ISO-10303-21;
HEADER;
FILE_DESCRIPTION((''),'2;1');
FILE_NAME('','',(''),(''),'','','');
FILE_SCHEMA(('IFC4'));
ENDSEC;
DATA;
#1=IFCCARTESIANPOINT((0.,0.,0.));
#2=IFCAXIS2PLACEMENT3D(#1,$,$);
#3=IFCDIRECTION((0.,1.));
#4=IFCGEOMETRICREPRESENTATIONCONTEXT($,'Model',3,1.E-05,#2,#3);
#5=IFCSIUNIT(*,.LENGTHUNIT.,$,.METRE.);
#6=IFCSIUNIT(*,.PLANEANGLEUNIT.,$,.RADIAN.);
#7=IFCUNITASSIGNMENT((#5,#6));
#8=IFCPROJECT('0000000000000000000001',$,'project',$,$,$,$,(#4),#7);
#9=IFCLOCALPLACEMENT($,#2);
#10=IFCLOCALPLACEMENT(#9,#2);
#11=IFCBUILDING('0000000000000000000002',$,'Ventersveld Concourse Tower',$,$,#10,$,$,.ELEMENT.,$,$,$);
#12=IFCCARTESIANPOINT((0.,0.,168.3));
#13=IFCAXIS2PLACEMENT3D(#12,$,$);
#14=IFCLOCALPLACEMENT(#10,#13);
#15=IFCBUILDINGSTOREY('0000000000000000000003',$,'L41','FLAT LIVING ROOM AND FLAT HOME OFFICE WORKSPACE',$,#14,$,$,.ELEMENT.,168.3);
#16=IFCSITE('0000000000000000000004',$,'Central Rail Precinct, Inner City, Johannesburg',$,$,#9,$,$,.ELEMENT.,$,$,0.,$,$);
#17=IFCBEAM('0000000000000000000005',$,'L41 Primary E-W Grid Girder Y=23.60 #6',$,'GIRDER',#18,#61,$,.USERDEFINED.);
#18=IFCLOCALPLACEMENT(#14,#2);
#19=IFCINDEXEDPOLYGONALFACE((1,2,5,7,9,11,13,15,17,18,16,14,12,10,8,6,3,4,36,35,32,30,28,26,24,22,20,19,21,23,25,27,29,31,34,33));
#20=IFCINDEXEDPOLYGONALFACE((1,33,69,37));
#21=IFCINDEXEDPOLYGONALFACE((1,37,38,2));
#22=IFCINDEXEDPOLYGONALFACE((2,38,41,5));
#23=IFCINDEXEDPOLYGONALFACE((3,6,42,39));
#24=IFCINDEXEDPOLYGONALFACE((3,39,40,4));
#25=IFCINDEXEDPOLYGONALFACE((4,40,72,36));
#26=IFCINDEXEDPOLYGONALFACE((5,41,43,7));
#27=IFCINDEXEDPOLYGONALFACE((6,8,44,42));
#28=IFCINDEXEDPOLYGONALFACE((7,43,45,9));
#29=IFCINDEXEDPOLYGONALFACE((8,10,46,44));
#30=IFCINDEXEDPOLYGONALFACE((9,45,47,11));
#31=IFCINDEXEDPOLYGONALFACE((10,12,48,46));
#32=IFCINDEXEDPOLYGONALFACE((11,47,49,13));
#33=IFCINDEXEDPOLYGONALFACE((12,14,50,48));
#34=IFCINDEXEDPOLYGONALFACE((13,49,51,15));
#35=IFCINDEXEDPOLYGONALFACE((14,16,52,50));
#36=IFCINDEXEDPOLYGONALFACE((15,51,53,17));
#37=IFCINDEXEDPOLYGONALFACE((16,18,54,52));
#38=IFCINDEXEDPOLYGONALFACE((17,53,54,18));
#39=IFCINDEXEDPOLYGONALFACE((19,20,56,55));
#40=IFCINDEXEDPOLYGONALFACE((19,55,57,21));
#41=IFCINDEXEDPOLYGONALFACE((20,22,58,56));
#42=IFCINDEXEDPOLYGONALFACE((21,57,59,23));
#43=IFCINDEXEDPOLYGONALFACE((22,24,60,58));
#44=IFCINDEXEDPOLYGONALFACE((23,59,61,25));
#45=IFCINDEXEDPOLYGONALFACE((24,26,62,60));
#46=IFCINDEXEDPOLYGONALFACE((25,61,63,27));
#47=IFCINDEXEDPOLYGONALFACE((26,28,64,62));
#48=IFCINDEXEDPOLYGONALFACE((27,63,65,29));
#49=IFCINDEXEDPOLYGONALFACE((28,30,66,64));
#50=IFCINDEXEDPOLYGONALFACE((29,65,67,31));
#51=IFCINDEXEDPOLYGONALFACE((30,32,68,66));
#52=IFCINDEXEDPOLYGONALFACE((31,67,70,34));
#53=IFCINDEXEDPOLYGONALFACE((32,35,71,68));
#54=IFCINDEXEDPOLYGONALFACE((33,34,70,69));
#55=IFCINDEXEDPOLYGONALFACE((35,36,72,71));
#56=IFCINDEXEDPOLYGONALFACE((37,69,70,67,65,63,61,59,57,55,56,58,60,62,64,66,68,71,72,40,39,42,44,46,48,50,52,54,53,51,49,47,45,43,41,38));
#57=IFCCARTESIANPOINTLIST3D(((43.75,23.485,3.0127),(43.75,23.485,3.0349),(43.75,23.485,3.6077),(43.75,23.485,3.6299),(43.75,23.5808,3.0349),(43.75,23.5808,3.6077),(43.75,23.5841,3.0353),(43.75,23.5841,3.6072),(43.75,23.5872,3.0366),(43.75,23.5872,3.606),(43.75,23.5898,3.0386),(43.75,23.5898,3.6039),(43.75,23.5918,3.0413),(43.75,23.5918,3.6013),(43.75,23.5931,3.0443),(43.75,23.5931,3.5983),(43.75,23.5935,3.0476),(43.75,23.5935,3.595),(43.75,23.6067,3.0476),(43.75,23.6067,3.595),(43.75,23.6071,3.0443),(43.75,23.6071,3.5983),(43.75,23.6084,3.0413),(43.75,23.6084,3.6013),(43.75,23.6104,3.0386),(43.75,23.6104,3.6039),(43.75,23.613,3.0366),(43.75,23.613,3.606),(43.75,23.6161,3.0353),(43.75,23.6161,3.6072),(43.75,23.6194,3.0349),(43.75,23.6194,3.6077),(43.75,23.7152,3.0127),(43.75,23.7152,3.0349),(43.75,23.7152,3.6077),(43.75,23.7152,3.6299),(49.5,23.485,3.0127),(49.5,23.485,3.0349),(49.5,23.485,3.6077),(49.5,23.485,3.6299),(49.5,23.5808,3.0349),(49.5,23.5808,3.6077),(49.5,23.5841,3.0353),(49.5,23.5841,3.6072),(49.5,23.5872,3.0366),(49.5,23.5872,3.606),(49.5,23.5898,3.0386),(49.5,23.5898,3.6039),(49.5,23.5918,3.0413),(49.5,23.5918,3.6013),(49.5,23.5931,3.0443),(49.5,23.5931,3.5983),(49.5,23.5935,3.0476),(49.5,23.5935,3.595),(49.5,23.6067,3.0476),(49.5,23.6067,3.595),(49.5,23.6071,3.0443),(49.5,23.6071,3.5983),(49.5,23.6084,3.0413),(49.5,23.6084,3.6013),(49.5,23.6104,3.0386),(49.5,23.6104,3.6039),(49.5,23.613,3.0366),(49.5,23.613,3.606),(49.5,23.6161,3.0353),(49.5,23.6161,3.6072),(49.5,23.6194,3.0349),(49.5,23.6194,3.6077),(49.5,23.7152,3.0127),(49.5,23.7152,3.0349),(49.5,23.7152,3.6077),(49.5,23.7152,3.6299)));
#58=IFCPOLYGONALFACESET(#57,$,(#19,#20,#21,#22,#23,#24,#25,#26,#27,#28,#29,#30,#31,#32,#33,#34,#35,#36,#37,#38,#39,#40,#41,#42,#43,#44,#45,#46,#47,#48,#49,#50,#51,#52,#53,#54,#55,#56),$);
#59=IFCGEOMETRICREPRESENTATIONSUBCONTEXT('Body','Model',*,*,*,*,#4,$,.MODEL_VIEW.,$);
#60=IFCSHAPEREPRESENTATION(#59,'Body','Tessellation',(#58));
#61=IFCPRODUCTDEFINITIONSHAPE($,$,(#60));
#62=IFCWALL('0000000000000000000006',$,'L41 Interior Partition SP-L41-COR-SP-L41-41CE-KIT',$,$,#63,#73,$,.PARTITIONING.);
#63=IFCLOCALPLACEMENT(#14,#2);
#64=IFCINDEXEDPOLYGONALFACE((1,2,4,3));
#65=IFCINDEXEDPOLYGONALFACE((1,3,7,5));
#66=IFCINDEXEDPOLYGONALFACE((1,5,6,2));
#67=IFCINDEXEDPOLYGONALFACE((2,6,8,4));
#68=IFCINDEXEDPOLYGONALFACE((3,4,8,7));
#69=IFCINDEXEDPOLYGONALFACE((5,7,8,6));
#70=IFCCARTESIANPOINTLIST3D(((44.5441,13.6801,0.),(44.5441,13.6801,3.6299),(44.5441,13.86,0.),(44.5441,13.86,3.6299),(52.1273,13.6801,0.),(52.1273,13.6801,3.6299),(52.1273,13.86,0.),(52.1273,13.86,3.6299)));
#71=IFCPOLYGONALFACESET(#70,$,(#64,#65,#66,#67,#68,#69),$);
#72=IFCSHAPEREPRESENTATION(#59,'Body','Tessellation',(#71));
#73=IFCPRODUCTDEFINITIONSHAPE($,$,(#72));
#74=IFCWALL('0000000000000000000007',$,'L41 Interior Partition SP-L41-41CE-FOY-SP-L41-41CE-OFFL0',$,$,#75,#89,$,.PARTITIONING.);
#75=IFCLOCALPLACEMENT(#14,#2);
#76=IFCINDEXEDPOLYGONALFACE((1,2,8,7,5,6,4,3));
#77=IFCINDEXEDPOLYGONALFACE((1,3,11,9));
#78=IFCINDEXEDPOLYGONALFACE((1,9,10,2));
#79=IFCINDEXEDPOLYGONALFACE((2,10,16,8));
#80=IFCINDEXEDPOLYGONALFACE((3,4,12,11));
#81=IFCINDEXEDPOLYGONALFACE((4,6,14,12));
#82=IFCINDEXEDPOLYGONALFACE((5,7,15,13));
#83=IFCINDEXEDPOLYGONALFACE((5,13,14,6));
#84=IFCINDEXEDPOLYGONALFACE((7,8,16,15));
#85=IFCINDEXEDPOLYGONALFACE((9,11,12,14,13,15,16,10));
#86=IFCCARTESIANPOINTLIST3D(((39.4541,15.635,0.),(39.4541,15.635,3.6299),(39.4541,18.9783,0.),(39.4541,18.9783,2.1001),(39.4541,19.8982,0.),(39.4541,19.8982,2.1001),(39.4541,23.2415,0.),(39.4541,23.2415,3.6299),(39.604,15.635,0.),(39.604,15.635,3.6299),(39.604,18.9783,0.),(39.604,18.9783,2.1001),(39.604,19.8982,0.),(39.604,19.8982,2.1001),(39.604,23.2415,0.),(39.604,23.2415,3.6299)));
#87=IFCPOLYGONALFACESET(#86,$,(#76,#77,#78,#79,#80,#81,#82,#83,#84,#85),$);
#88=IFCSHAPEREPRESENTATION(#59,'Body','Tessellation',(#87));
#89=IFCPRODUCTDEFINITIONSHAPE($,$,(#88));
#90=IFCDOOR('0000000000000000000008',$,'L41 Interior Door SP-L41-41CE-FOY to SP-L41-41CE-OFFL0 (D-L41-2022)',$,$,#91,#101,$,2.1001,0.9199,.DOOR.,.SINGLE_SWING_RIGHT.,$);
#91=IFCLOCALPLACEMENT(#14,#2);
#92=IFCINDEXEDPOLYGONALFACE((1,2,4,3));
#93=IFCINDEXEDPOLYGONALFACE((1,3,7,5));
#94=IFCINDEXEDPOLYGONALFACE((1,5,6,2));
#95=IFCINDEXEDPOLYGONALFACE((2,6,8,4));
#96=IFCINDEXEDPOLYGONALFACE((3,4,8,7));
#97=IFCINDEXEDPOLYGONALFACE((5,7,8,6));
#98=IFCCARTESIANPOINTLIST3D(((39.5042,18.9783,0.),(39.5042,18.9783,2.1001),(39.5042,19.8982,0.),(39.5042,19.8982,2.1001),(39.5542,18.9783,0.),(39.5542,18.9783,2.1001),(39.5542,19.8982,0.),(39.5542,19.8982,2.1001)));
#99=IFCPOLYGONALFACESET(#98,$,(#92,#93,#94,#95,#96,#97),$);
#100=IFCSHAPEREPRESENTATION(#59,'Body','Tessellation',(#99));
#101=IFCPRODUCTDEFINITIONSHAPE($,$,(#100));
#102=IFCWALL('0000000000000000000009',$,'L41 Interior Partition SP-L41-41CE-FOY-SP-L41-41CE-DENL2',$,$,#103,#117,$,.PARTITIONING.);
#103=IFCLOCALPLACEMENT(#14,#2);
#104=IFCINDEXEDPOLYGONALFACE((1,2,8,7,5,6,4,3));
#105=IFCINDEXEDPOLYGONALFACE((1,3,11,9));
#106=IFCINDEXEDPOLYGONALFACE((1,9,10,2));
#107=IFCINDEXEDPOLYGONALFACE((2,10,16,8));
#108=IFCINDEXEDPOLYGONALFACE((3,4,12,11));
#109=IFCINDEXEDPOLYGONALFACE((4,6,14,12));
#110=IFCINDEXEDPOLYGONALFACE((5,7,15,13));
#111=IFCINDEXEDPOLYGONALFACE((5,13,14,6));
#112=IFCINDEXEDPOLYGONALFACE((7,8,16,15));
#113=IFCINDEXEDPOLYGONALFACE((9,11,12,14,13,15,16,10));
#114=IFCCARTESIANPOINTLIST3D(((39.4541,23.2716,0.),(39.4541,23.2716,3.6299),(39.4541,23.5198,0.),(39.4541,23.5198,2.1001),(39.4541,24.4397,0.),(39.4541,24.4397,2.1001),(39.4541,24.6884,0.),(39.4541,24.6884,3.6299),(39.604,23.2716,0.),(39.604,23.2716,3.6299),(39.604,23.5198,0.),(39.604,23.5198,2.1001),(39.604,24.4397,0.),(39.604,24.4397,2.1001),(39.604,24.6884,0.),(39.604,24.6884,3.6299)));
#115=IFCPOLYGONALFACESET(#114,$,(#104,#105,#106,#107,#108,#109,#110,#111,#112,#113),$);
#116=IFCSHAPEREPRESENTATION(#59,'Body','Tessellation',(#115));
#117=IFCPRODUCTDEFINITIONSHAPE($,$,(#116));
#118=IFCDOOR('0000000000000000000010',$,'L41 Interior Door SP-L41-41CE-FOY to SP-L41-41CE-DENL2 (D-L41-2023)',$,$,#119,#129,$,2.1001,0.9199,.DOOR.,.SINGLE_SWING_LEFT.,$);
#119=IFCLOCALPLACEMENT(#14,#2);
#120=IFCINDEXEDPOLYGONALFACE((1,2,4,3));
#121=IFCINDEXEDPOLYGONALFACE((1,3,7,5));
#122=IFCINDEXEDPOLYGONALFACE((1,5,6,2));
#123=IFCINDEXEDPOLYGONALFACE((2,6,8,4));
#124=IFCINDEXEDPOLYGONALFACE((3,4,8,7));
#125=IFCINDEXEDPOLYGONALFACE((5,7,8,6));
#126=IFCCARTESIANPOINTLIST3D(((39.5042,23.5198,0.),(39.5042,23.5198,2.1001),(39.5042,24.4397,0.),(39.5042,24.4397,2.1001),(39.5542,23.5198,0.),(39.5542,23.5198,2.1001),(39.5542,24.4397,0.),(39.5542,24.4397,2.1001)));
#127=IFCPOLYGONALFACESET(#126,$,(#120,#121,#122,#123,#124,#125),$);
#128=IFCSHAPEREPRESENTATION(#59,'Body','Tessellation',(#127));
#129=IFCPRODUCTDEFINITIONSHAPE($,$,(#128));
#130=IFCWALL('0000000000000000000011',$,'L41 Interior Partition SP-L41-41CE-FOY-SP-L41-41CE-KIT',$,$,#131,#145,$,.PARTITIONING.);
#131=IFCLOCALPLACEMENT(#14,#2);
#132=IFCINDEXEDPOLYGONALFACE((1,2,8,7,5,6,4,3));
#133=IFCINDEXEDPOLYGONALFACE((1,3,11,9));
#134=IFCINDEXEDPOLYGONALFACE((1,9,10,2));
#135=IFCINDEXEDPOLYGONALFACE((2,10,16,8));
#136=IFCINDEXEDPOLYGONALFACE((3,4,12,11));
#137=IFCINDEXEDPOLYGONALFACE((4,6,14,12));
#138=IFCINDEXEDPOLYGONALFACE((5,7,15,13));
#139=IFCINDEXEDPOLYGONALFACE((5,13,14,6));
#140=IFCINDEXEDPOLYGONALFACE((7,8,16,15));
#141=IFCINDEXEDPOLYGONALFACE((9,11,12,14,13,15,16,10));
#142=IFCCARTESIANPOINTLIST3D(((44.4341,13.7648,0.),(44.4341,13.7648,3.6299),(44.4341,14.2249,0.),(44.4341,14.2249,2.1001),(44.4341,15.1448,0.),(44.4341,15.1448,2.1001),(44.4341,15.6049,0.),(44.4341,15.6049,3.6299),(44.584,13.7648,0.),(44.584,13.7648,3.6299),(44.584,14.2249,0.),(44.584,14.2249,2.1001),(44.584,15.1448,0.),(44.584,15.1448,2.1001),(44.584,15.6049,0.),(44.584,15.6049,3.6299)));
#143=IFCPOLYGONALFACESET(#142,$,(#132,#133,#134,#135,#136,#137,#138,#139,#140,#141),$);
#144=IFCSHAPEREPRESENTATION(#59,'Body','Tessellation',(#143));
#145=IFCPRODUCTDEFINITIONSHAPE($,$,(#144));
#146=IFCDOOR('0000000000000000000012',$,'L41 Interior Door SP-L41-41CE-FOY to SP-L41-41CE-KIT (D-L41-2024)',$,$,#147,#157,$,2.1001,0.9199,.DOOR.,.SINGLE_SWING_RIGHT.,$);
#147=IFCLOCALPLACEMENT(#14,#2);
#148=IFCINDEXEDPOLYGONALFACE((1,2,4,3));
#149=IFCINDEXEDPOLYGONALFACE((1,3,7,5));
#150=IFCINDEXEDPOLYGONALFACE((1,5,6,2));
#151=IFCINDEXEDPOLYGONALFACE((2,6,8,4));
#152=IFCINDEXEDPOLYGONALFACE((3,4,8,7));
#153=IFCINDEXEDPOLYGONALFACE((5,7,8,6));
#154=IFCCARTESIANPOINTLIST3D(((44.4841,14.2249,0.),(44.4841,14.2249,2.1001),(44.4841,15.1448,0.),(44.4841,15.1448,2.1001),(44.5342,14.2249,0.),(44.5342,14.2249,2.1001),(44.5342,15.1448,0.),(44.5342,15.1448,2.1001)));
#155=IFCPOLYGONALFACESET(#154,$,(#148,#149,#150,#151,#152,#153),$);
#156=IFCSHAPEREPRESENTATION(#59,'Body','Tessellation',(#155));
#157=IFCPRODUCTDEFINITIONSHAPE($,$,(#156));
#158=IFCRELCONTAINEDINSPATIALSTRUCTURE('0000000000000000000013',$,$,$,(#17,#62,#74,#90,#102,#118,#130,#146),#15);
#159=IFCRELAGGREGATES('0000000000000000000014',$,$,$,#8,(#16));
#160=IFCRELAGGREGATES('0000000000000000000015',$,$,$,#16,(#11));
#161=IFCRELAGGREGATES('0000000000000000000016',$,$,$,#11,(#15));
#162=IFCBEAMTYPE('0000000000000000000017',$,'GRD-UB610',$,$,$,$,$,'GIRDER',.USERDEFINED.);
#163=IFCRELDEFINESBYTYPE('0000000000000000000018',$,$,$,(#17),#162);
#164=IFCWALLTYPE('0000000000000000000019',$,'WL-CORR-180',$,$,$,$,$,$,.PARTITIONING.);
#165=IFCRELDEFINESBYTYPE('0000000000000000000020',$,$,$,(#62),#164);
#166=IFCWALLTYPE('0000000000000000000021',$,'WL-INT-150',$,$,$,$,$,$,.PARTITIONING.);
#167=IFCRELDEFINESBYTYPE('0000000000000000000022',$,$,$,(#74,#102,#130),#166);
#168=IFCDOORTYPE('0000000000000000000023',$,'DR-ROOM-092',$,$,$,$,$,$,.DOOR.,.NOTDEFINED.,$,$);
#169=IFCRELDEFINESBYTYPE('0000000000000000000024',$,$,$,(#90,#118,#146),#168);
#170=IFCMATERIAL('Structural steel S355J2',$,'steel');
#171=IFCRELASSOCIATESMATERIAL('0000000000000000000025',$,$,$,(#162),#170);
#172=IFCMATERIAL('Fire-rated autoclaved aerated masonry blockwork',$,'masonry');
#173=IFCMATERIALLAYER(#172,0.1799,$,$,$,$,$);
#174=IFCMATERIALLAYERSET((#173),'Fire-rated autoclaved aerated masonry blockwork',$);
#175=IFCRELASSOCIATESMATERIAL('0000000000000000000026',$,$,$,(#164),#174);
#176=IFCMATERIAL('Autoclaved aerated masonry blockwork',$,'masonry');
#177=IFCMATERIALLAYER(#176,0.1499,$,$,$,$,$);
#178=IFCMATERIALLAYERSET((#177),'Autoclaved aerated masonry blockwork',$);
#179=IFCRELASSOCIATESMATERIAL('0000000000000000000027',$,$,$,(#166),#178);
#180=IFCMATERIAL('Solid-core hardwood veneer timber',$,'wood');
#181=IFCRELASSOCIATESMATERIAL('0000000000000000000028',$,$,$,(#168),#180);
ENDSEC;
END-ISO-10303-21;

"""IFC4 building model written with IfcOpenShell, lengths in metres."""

from ifc_helpers import new_model, si_unit, direction, frame, frame_2d, origin, origin_2d, place, context, subcontext, project, spatial, rectangle, i_section, extrude, material, layer, layer_set, material_profile, profile_set, type_object, element, fill, save


model = new_model("IFC4")

# Units and contexts
model_context = context("Model", 3, precision=1e-05, world=origin(), true_north=direction((0.0, 1.0)))
body_context = subcontext(model_context, "Body", "Model", "MODEL_VIEW")
ifc_project = project(units=[si_unit("LENGTHUNIT", "METRE"), si_unit("PLANEANGLEUNIT", "RADIAN")], contexts=[model_context])

# Site, building, storey
site_placement = place(None, origin())
site = spatial("IfcSite", under=ifc_project, at=site_placement, Name="Central Rail Precinct, Inner City, Johannesburg", CompositionType="ELEMENT", RefElevation=0.0)
building_placement = place(site_placement, origin())
building = spatial("IfcBuilding", under=site, at=building_placement, Name="Ventersveld Concourse Tower", CompositionType="ELEMENT")
storey_placement = place(building_placement, frame((0.0, 0.0, 168.3)))
storey = spatial("IfcBuildingStorey", under=building, at=storey_placement, Name="L41", Description="FLAT LIVING ROOM AND FLAT HOME OFFICE WORKSPACE", CompositionType="ELEMENT", Elevation=168.3)

# Beam
ifc_material_1 = material(Name="Structural steel S355J2", Category="steel")
ifc_material_profile_1 = material_profile(ifc_material_1, i_section(OverallWidth=0.2302, OverallDepth=0.6172, WebThickness=0.0132, FlangeThickness=0.0222, FilletRadius=0.0127, at=origin_2d()), Name="UB 610x229x140")
ifc_profile_set_1 = profile_set([ifc_material_profile_1], Name="Structural steel S355J2")
beam_type_1 = type_object("IfcBeamType", Name="GRD-UB610", ElementType="GIRDER", PredefinedType="USERDEFINED", material=ifc_profile_set_1)
beam_1_placement = place(storey_placement, frame((43.75, 23.6001, 3.3213), z_axis=(1.0, 0.0, 0.0), x_axis=(0.0, 1.0, 0.0)))
element("IfcBeam", 1, at=beam_1_placement, inside=storey, type_object=beam_type_1, Name="L41 Primary E-W Grid Girder Y=23.60 #6", ObjectType="GIRDER", PredefinedType="USERDEFINED", context=body_context, shape_type="SweptSolid", body=[
    extrude(i_section(OverallWidth=0.2302, OverallDepth=0.6172, WebThickness=0.0132, FlangeThickness=0.0222, FilletRadius=0.0127, at=origin_2d()), origin(), (0.0, 0.0, 1.0), 5.75),
])

# Shared definitions
ifc_material_2 = material(Name="Fire-rated autoclaved aerated masonry blockwork", Category="masonry")
ifc_layer_1 = layer(ifc_material_2, 0.1799)
ifc_layer_set_1 = layer_set([ifc_layer_1], Name="Fire-rated autoclaved aerated masonry blockwork")
wall_type_1 = type_object("IfcWallType", Name="WL-CORR-180", PredefinedType="PARTITIONING", material=ifc_layer_set_1)
ifc_material_3 = material(Name="Solid-core hardwood veneer timber", Category="wood")

# Wall
wall_1_placement = place(storey_placement, frame((44.5442, 13.77, 0.0), z_axis=(0.0, 0.0, 1.0), x_axis=(1.0, 0.0, 0.0)))
element("IfcWall", 2, at=wall_1_placement, inside=storey, type_object=wall_type_1, Name="L41 Interior Partition SP-L41-COR-SP-L41-41CE-KIT", PredefinedType="PARTITIONING", context=body_context, shape_type="SweptSolid", body=[
    extrude(rectangle(XDim=7.5833, YDim=0.1799, at=frame_2d((3.7915, 0.0))), origin(), (0.0, 0.0, 1.0), 3.6299),
])

# Walls, openings, doors
ifc_material_4 = material(Name="Autoclaved aerated masonry blockwork", Category="masonry")
ifc_layer_2 = layer(ifc_material_4, 0.1499)
ifc_layer_set_2 = layer_set([ifc_layer_2], Name="Autoclaved aerated masonry blockwork")
wall_type_2 = type_object("IfcWallType", Name="WL-INT-150", PredefinedType="PARTITIONING", material=ifc_layer_set_2)
wall_2_placement = place(storey_placement, frame((39.5291, 15.635, 0.0), z_axis=(0.0, 0.0, 1.0), x_axis=(0.0, 1.0, 0.0)))
wall_2 = element("IfcWall", 3, at=wall_2_placement, inside=storey, type_object=wall_type_2, Name="L41 Interior Partition SP-L41-41CE-FOY-SP-L41-41CE-OFFL0", PredefinedType="PARTITIONING", context=body_context, shape_type="SweptSolid", body=[
    extrude(rectangle(XDim=7.6064, YDim=0.1499, at=frame_2d((3.8032, 0.0))), origin(), (0.0, 0.0, 1.0), 3.6299),
])
opening_1_placement = place(wall_2_placement, frame((3.3433, 0.0, 0.0)))
opening_1 = element("IfcOpeningElement", 4, at=opening_1_placement, cuts=wall_2, PredefinedType="OPENING", context=body_context, shape_type="SweptSolid", body=[
    extrude(rectangle(XDim=0.9199, YDim=2.1001, at=frame_2d((0.46, 1.05))), frame((0.0, 0.085, 0.0), z_axis=(0.0, -1.0, 0.0), x_axis=(1.0, 0.0, 0.0)), (0.0, 0.0, 1.0), 0.1699),
])
door_type_1 = type_object("IfcDoorType", Name="DR-ROOM-092", OperationType="NOTDEFINED", PredefinedType="DOOR", material=ifc_material_3)
door_1_placement = place(opening_1_placement, origin())
door_1 = element("IfcDoor", 5, at=door_1_placement, inside=storey, type_object=door_type_1, Name="L41 Interior Door SP-L41-41CE-FOY to SP-L41-41CE-OFFL0 (D-L41-2022)", OperationType="SINGLE_SWING_RIGHT", OverallHeight=2.1001, OverallWidth=0.9199, PredefinedType="DOOR", context=body_context, shape_type="SweptSolid", body=[
    extrude(rectangle(XDim=0.9199, YDim=2.1001, at=frame_2d((0.46, 1.05))), frame((0.0, 0.0249, 0.0), z_axis=(0.0, -1.0, 0.0), x_axis=(1.0, 0.0, 0.0)), (0.0, 0.0, 1.0), 0.05),
])
fill(opening_1, door_1)
wall_3_placement = place(storey_placement, frame((39.5291, 23.2715, 0.0), z_axis=(0.0, 0.0, 1.0), x_axis=(0.0, 1.0, 0.0)))
wall_3 = element("IfcWall", 6, at=wall_3_placement, inside=storey, type_object=wall_type_2, Name="L41 Interior Partition SP-L41-41CE-FOY-SP-L41-41CE-DENL2", PredefinedType="PARTITIONING", context=body_context, shape_type="SweptSolid", body=[
    extrude(rectangle(XDim=1.4167, YDim=0.1499, at=frame_2d((0.7085, 0.0))), origin(), (0.0, 0.0, 1.0), 3.6299),
])
opening_2_placement = place(wall_3_placement, frame((0.2483, 0.0, 0.0)))
opening_2 = element("IfcOpeningElement", 7, at=opening_2_placement, cuts=wall_3, PredefinedType="OPENING", context=body_context, shape_type="SweptSolid", body=[
    extrude(rectangle(XDim=0.9199, YDim=2.1001, at=frame_2d((0.46, 1.05))), frame((0.0, 0.085, 0.0), z_axis=(0.0, -1.0, 0.0), x_axis=(1.0, 0.0, 0.0)), (0.0, 0.0, 1.0), 0.1699),
])
door_2_placement = place(opening_2_placement, origin())
door_2 = element("IfcDoor", 8, at=door_2_placement, inside=storey, type_object=door_type_1, Name="L41 Interior Door SP-L41-41CE-FOY to SP-L41-41CE-DENL2 (D-L41-2023)", OperationType="SINGLE_SWING_LEFT", OverallHeight=2.1001, OverallWidth=0.9199, PredefinedType="DOOR", context=body_context, shape_type="SweptSolid", body=[
    extrude(rectangle(XDim=0.9199, YDim=2.1001, at=frame_2d((0.46, 1.05))), frame((0.0, 0.0249, 0.0), z_axis=(0.0, -1.0, 0.0), x_axis=(1.0, 0.0, 0.0)), (0.0, 0.0, 1.0), 0.05),
])
fill(opening_2, door_2)
wall_4_placement = place(storey_placement, frame((44.509, 13.7649, 0.0), z_axis=(0.0, 0.0, 1.0), x_axis=(0.0, 1.0, 0.0)))
wall_4 = element("IfcWall", 9, at=wall_4_placement, inside=storey, type_object=wall_type_2, Name="L41 Interior Partition SP-L41-41CE-FOY-SP-L41-41CE-KIT", PredefinedType="PARTITIONING", context=body_context, shape_type="SweptSolid", body=[
    extrude(rectangle(XDim=1.8401, YDim=0.1499, at=frame_2d((0.9199, 0.0))), origin(), (0.0, 0.0, 1.0), 3.6299),
])
opening_3_placement = place(wall_4_placement, frame((0.46, 0.0, 0.0)))
opening_3 = element("IfcOpeningElement", 10, at=opening_3_placement, cuts=wall_4, PredefinedType="OPENING", context=body_context, shape_type="SweptSolid", body=[
    extrude(rectangle(XDim=0.9199, YDim=2.1001, at=frame_2d((0.46, 1.05))), frame((0.0, 0.085, 0.0), z_axis=(0.0, -1.0, 0.0), x_axis=(1.0, 0.0, 0.0)), (0.0, 0.0, 1.0), 0.1699),
])
door_3_placement = place(opening_3_placement, origin())
door_3 = element("IfcDoor", 11, at=door_3_placement, inside=storey, type_object=door_type_1, Name="L41 Interior Door SP-L41-41CE-FOY to SP-L41-41CE-KIT (D-L41-2024)", OperationType="SINGLE_SWING_RIGHT", OverallHeight=2.1001, OverallWidth=0.9199, PredefinedType="DOOR", context=body_context, shape_type="SweptSolid", body=[
    extrude(rectangle(XDim=0.9199, YDim=2.1001, at=frame_2d((0.46, 1.05))), frame((0.0, 0.0249, 0.0), z_axis=(0.0, -1.0, 0.0), x_axis=(1.0, 0.0, 0.0)), (0.0, 0.0, 1.0), 0.05),
])
fill(opening_3, door_3)

save(model, "model.ifc")
